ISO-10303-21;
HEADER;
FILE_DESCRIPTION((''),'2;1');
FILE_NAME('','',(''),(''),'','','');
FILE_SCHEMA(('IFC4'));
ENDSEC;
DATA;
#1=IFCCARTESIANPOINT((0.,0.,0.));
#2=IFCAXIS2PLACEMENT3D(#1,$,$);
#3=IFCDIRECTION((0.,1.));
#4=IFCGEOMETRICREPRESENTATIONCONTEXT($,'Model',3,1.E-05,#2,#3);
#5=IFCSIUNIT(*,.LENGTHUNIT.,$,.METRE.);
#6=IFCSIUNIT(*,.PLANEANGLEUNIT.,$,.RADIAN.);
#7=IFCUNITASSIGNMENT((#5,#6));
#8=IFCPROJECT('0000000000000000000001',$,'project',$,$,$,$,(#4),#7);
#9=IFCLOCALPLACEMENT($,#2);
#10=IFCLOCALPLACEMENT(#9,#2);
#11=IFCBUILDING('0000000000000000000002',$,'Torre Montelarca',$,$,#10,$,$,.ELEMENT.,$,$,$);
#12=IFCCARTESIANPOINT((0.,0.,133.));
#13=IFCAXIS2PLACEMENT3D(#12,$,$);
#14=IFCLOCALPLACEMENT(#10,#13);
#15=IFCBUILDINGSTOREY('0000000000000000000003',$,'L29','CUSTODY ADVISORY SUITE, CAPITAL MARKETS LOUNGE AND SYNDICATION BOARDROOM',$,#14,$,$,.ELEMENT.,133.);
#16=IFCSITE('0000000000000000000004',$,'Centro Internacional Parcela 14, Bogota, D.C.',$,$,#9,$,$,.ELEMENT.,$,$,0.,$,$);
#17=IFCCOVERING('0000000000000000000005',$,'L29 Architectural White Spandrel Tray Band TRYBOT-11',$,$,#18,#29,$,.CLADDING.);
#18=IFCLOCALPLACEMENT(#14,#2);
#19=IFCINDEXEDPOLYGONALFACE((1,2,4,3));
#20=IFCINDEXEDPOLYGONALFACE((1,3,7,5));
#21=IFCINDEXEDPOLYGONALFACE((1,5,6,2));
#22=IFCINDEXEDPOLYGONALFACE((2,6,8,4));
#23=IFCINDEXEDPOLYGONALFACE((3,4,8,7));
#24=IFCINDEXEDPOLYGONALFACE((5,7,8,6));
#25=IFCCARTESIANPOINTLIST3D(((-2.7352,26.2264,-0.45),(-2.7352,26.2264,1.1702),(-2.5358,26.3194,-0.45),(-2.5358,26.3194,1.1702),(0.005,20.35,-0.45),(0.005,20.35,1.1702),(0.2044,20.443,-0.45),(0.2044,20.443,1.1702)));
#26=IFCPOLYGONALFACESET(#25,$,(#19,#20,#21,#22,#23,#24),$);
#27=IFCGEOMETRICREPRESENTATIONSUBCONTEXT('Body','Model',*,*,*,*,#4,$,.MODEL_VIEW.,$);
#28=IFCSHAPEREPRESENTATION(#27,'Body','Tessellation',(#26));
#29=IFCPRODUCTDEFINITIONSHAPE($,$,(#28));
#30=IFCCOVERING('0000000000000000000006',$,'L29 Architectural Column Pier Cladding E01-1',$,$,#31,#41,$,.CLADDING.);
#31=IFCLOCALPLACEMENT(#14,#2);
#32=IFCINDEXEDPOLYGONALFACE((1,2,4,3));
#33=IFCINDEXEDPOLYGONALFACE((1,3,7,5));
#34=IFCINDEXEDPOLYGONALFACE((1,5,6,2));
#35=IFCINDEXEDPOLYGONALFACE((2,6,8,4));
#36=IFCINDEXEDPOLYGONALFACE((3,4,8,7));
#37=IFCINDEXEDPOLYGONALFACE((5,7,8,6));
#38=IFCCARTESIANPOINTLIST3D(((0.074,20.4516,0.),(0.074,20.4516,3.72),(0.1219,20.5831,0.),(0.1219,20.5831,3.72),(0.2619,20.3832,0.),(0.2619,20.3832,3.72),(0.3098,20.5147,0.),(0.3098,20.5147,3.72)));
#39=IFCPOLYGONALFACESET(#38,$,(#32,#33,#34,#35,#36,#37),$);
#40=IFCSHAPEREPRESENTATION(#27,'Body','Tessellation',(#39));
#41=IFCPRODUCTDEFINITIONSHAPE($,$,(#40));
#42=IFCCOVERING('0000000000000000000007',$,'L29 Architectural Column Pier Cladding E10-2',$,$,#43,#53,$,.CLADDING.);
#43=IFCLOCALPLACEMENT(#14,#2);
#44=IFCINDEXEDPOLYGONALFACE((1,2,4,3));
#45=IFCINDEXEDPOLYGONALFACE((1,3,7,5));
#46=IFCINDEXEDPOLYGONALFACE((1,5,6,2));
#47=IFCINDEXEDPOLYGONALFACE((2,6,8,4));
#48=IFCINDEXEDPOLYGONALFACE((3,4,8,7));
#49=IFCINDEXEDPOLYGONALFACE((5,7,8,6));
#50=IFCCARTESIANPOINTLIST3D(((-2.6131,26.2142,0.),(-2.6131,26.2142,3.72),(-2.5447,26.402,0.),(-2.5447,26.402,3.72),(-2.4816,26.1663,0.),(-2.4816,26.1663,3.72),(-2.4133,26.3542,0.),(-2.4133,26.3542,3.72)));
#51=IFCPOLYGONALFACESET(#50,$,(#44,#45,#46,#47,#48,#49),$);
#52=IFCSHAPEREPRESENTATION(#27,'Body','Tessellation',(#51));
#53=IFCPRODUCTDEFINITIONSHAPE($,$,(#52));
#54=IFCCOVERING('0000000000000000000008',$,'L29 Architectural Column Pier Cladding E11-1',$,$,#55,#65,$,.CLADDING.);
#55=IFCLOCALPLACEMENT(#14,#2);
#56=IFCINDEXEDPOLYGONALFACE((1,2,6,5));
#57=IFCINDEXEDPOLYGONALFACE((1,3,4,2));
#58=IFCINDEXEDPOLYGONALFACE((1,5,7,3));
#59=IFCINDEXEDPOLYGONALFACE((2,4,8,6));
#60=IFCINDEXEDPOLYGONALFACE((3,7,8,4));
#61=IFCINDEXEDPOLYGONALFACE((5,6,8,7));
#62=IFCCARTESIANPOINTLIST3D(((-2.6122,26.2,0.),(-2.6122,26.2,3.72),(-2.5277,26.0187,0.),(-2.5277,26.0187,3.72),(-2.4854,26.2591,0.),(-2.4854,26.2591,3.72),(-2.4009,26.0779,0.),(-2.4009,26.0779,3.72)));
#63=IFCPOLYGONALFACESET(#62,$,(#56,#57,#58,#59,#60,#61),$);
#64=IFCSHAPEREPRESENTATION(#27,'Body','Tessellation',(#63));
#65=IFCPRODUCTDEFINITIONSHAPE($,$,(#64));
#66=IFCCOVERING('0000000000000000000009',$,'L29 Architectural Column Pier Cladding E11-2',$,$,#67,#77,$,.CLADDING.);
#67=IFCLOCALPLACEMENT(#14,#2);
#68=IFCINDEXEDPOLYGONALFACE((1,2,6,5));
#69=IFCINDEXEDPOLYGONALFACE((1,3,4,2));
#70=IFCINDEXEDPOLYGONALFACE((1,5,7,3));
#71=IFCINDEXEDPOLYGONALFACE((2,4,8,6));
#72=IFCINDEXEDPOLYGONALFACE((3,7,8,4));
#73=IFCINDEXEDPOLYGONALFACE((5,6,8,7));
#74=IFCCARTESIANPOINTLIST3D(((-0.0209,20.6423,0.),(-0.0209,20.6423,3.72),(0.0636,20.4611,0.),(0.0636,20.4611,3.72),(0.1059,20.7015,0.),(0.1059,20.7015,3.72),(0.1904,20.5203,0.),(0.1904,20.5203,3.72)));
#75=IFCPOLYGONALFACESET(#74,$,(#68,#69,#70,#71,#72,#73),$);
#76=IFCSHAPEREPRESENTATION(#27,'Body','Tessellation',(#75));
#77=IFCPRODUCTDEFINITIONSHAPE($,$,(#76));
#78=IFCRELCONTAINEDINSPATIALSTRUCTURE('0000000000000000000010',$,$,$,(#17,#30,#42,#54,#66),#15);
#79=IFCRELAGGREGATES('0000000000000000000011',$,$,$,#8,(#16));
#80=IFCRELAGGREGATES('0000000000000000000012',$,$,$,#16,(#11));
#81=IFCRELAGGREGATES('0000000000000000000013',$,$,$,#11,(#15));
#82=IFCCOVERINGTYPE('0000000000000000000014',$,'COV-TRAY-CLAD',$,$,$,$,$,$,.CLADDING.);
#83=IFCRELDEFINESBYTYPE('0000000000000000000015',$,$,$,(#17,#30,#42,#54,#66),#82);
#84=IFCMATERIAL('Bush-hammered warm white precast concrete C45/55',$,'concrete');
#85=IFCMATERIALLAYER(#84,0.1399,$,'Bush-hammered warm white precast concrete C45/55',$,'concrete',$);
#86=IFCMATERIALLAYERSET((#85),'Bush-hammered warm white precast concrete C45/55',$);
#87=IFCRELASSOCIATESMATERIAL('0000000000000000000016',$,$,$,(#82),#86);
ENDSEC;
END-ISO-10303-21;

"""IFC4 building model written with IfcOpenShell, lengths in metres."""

from ifc_helpers import new_model, si_unit, direction, frame, origin, origin_2d, place, context, subcontext, project, spatial, rectangle, extrude, source, transform, mapped, material, layer, layer_set, type_object, element, save


model = new_model("IFC4")

# Units and contexts
model_context = context("Model", 3, precision=1e-05, world=origin(), true_north=direction((0.0, 1.0)))
body_context = subcontext(model_context, "Body", "Model", "MODEL_VIEW")
ifc_project = project(units=[si_unit("LENGTHUNIT", "METRE"), si_unit("PLANEANGLEUNIT", "RADIAN")], contexts=[model_context])

# Site, building, storey
site_placement = place(None, origin())
site = spatial("IfcSite", under=ifc_project, at=site_placement, Name="Centro Internacional Parcela 14, Bogota, D.C.", CompositionType="ELEMENT", RefElevation=0.0)
building_placement = place(site_placement, origin())
building = spatial("IfcBuilding", under=site, at=building_placement, Name="Torre Montelarca", CompositionType="ELEMENT")
storey_placement = place(building_placement, frame((0.0, 0.0, 133.0)))
storey = spatial("IfcBuildingStorey", under=building, at=storey_placement, Name="L29", Description="CUSTODY ADVISORY SUITE, CAPITAL MARKETS LOUNGE AND SYNDICATION BOARDROOM", CompositionType="ELEMENT", Elevation=133.0)

# Coverings
ifc_material_1 = material(Name="Bush-hammered warm white precast concrete C45/55", Category="concrete")
ifc_layer_1 = layer(ifc_material_1, 0.1399, Name="Bush-hammered warm white precast concrete C45/55", Category="concrete")
ifc_layer_set_1 = layer_set([ifc_layer_1], Name="Bush-hammered warm white precast concrete C45/55")
covering_type = type_object("IfcCoveringType", Name="COV-TRAY-CLAD", PredefinedType="CLADDING", material=ifc_layer_set_1)
shared_shape_1 = source(origin(), body_context, "Body", "SweptSolid", [
    extrude(rectangle(XDim=6.4839, YDim=0.22, at=origin_2d()), origin(), (0.0, 0.0, 1.0), 1.6201),
])
covering_placement = place(storey_placement, frame((-1.2654, 23.3347, -0.45), z_axis=(0.0, 0.0, 1.0), x_axis=(0.422615, -0.906309, 0.0)))
element("IfcCovering", 1, at=covering_placement, inside=storey, type_object=covering_type, Name="L29 Architectural White Spandrel Tray Band TRYBOT-11", PredefinedType="CLADDING", context=body_context, shape_type="MappedRepresentation", body=[
    mapped(shared_shape_1, transform((0.0, 0.0, 0.0), scale=1.0)),
])
shared_shape_2 = source(origin(), body_context, "Body", "SweptSolid", [
    extrude(rectangle(XDim=0.2, YDim=0.1399, at=origin_2d()), origin(), (0.0, 0.0, 1.0), 3.72),
])
for number, where, z_axis, x_axis, name in (
    (2, (0.1919, 20.4832, 0.0), (0.0, 0.0, 1.0), (0.939694, -0.342017, 0.0), "L29 Architectural Column Pier Cladding E01-1"),
    (3, (-2.5132, 26.2842, 0.0), (0.0, 0.0, 1.0), (-0.342019, -0.939693, 0.0), "L29 Architectural Column Pier Cladding E10-2"),
    (4, (-2.5066, 26.1389, 0.0), (0.0, 0.0, 1.0), (0.422612, -0.906311, 0.0), "L29 Architectural Column Pier Cladding E11-1"),
    (5, (0.0847, 20.5813, 0.0), (0.0, 0.0, 1.0), (0.422612, -0.906311, 0.0), "L29 Architectural Column Pier Cladding E11-2"),
):
    element("IfcCovering", number, at=place(storey_placement, frame(where, z_axis=z_axis, x_axis=x_axis)), inside=storey, type_object=covering_type, Name=name, PredefinedType="CLADDING", context=body_context, shape_type="MappedRepresentation", body=[
        mapped(shared_shape_2, transform((0.0, 0.0, 0.0), scale=1.0)),
    ])

save(model, "model.ifc")
